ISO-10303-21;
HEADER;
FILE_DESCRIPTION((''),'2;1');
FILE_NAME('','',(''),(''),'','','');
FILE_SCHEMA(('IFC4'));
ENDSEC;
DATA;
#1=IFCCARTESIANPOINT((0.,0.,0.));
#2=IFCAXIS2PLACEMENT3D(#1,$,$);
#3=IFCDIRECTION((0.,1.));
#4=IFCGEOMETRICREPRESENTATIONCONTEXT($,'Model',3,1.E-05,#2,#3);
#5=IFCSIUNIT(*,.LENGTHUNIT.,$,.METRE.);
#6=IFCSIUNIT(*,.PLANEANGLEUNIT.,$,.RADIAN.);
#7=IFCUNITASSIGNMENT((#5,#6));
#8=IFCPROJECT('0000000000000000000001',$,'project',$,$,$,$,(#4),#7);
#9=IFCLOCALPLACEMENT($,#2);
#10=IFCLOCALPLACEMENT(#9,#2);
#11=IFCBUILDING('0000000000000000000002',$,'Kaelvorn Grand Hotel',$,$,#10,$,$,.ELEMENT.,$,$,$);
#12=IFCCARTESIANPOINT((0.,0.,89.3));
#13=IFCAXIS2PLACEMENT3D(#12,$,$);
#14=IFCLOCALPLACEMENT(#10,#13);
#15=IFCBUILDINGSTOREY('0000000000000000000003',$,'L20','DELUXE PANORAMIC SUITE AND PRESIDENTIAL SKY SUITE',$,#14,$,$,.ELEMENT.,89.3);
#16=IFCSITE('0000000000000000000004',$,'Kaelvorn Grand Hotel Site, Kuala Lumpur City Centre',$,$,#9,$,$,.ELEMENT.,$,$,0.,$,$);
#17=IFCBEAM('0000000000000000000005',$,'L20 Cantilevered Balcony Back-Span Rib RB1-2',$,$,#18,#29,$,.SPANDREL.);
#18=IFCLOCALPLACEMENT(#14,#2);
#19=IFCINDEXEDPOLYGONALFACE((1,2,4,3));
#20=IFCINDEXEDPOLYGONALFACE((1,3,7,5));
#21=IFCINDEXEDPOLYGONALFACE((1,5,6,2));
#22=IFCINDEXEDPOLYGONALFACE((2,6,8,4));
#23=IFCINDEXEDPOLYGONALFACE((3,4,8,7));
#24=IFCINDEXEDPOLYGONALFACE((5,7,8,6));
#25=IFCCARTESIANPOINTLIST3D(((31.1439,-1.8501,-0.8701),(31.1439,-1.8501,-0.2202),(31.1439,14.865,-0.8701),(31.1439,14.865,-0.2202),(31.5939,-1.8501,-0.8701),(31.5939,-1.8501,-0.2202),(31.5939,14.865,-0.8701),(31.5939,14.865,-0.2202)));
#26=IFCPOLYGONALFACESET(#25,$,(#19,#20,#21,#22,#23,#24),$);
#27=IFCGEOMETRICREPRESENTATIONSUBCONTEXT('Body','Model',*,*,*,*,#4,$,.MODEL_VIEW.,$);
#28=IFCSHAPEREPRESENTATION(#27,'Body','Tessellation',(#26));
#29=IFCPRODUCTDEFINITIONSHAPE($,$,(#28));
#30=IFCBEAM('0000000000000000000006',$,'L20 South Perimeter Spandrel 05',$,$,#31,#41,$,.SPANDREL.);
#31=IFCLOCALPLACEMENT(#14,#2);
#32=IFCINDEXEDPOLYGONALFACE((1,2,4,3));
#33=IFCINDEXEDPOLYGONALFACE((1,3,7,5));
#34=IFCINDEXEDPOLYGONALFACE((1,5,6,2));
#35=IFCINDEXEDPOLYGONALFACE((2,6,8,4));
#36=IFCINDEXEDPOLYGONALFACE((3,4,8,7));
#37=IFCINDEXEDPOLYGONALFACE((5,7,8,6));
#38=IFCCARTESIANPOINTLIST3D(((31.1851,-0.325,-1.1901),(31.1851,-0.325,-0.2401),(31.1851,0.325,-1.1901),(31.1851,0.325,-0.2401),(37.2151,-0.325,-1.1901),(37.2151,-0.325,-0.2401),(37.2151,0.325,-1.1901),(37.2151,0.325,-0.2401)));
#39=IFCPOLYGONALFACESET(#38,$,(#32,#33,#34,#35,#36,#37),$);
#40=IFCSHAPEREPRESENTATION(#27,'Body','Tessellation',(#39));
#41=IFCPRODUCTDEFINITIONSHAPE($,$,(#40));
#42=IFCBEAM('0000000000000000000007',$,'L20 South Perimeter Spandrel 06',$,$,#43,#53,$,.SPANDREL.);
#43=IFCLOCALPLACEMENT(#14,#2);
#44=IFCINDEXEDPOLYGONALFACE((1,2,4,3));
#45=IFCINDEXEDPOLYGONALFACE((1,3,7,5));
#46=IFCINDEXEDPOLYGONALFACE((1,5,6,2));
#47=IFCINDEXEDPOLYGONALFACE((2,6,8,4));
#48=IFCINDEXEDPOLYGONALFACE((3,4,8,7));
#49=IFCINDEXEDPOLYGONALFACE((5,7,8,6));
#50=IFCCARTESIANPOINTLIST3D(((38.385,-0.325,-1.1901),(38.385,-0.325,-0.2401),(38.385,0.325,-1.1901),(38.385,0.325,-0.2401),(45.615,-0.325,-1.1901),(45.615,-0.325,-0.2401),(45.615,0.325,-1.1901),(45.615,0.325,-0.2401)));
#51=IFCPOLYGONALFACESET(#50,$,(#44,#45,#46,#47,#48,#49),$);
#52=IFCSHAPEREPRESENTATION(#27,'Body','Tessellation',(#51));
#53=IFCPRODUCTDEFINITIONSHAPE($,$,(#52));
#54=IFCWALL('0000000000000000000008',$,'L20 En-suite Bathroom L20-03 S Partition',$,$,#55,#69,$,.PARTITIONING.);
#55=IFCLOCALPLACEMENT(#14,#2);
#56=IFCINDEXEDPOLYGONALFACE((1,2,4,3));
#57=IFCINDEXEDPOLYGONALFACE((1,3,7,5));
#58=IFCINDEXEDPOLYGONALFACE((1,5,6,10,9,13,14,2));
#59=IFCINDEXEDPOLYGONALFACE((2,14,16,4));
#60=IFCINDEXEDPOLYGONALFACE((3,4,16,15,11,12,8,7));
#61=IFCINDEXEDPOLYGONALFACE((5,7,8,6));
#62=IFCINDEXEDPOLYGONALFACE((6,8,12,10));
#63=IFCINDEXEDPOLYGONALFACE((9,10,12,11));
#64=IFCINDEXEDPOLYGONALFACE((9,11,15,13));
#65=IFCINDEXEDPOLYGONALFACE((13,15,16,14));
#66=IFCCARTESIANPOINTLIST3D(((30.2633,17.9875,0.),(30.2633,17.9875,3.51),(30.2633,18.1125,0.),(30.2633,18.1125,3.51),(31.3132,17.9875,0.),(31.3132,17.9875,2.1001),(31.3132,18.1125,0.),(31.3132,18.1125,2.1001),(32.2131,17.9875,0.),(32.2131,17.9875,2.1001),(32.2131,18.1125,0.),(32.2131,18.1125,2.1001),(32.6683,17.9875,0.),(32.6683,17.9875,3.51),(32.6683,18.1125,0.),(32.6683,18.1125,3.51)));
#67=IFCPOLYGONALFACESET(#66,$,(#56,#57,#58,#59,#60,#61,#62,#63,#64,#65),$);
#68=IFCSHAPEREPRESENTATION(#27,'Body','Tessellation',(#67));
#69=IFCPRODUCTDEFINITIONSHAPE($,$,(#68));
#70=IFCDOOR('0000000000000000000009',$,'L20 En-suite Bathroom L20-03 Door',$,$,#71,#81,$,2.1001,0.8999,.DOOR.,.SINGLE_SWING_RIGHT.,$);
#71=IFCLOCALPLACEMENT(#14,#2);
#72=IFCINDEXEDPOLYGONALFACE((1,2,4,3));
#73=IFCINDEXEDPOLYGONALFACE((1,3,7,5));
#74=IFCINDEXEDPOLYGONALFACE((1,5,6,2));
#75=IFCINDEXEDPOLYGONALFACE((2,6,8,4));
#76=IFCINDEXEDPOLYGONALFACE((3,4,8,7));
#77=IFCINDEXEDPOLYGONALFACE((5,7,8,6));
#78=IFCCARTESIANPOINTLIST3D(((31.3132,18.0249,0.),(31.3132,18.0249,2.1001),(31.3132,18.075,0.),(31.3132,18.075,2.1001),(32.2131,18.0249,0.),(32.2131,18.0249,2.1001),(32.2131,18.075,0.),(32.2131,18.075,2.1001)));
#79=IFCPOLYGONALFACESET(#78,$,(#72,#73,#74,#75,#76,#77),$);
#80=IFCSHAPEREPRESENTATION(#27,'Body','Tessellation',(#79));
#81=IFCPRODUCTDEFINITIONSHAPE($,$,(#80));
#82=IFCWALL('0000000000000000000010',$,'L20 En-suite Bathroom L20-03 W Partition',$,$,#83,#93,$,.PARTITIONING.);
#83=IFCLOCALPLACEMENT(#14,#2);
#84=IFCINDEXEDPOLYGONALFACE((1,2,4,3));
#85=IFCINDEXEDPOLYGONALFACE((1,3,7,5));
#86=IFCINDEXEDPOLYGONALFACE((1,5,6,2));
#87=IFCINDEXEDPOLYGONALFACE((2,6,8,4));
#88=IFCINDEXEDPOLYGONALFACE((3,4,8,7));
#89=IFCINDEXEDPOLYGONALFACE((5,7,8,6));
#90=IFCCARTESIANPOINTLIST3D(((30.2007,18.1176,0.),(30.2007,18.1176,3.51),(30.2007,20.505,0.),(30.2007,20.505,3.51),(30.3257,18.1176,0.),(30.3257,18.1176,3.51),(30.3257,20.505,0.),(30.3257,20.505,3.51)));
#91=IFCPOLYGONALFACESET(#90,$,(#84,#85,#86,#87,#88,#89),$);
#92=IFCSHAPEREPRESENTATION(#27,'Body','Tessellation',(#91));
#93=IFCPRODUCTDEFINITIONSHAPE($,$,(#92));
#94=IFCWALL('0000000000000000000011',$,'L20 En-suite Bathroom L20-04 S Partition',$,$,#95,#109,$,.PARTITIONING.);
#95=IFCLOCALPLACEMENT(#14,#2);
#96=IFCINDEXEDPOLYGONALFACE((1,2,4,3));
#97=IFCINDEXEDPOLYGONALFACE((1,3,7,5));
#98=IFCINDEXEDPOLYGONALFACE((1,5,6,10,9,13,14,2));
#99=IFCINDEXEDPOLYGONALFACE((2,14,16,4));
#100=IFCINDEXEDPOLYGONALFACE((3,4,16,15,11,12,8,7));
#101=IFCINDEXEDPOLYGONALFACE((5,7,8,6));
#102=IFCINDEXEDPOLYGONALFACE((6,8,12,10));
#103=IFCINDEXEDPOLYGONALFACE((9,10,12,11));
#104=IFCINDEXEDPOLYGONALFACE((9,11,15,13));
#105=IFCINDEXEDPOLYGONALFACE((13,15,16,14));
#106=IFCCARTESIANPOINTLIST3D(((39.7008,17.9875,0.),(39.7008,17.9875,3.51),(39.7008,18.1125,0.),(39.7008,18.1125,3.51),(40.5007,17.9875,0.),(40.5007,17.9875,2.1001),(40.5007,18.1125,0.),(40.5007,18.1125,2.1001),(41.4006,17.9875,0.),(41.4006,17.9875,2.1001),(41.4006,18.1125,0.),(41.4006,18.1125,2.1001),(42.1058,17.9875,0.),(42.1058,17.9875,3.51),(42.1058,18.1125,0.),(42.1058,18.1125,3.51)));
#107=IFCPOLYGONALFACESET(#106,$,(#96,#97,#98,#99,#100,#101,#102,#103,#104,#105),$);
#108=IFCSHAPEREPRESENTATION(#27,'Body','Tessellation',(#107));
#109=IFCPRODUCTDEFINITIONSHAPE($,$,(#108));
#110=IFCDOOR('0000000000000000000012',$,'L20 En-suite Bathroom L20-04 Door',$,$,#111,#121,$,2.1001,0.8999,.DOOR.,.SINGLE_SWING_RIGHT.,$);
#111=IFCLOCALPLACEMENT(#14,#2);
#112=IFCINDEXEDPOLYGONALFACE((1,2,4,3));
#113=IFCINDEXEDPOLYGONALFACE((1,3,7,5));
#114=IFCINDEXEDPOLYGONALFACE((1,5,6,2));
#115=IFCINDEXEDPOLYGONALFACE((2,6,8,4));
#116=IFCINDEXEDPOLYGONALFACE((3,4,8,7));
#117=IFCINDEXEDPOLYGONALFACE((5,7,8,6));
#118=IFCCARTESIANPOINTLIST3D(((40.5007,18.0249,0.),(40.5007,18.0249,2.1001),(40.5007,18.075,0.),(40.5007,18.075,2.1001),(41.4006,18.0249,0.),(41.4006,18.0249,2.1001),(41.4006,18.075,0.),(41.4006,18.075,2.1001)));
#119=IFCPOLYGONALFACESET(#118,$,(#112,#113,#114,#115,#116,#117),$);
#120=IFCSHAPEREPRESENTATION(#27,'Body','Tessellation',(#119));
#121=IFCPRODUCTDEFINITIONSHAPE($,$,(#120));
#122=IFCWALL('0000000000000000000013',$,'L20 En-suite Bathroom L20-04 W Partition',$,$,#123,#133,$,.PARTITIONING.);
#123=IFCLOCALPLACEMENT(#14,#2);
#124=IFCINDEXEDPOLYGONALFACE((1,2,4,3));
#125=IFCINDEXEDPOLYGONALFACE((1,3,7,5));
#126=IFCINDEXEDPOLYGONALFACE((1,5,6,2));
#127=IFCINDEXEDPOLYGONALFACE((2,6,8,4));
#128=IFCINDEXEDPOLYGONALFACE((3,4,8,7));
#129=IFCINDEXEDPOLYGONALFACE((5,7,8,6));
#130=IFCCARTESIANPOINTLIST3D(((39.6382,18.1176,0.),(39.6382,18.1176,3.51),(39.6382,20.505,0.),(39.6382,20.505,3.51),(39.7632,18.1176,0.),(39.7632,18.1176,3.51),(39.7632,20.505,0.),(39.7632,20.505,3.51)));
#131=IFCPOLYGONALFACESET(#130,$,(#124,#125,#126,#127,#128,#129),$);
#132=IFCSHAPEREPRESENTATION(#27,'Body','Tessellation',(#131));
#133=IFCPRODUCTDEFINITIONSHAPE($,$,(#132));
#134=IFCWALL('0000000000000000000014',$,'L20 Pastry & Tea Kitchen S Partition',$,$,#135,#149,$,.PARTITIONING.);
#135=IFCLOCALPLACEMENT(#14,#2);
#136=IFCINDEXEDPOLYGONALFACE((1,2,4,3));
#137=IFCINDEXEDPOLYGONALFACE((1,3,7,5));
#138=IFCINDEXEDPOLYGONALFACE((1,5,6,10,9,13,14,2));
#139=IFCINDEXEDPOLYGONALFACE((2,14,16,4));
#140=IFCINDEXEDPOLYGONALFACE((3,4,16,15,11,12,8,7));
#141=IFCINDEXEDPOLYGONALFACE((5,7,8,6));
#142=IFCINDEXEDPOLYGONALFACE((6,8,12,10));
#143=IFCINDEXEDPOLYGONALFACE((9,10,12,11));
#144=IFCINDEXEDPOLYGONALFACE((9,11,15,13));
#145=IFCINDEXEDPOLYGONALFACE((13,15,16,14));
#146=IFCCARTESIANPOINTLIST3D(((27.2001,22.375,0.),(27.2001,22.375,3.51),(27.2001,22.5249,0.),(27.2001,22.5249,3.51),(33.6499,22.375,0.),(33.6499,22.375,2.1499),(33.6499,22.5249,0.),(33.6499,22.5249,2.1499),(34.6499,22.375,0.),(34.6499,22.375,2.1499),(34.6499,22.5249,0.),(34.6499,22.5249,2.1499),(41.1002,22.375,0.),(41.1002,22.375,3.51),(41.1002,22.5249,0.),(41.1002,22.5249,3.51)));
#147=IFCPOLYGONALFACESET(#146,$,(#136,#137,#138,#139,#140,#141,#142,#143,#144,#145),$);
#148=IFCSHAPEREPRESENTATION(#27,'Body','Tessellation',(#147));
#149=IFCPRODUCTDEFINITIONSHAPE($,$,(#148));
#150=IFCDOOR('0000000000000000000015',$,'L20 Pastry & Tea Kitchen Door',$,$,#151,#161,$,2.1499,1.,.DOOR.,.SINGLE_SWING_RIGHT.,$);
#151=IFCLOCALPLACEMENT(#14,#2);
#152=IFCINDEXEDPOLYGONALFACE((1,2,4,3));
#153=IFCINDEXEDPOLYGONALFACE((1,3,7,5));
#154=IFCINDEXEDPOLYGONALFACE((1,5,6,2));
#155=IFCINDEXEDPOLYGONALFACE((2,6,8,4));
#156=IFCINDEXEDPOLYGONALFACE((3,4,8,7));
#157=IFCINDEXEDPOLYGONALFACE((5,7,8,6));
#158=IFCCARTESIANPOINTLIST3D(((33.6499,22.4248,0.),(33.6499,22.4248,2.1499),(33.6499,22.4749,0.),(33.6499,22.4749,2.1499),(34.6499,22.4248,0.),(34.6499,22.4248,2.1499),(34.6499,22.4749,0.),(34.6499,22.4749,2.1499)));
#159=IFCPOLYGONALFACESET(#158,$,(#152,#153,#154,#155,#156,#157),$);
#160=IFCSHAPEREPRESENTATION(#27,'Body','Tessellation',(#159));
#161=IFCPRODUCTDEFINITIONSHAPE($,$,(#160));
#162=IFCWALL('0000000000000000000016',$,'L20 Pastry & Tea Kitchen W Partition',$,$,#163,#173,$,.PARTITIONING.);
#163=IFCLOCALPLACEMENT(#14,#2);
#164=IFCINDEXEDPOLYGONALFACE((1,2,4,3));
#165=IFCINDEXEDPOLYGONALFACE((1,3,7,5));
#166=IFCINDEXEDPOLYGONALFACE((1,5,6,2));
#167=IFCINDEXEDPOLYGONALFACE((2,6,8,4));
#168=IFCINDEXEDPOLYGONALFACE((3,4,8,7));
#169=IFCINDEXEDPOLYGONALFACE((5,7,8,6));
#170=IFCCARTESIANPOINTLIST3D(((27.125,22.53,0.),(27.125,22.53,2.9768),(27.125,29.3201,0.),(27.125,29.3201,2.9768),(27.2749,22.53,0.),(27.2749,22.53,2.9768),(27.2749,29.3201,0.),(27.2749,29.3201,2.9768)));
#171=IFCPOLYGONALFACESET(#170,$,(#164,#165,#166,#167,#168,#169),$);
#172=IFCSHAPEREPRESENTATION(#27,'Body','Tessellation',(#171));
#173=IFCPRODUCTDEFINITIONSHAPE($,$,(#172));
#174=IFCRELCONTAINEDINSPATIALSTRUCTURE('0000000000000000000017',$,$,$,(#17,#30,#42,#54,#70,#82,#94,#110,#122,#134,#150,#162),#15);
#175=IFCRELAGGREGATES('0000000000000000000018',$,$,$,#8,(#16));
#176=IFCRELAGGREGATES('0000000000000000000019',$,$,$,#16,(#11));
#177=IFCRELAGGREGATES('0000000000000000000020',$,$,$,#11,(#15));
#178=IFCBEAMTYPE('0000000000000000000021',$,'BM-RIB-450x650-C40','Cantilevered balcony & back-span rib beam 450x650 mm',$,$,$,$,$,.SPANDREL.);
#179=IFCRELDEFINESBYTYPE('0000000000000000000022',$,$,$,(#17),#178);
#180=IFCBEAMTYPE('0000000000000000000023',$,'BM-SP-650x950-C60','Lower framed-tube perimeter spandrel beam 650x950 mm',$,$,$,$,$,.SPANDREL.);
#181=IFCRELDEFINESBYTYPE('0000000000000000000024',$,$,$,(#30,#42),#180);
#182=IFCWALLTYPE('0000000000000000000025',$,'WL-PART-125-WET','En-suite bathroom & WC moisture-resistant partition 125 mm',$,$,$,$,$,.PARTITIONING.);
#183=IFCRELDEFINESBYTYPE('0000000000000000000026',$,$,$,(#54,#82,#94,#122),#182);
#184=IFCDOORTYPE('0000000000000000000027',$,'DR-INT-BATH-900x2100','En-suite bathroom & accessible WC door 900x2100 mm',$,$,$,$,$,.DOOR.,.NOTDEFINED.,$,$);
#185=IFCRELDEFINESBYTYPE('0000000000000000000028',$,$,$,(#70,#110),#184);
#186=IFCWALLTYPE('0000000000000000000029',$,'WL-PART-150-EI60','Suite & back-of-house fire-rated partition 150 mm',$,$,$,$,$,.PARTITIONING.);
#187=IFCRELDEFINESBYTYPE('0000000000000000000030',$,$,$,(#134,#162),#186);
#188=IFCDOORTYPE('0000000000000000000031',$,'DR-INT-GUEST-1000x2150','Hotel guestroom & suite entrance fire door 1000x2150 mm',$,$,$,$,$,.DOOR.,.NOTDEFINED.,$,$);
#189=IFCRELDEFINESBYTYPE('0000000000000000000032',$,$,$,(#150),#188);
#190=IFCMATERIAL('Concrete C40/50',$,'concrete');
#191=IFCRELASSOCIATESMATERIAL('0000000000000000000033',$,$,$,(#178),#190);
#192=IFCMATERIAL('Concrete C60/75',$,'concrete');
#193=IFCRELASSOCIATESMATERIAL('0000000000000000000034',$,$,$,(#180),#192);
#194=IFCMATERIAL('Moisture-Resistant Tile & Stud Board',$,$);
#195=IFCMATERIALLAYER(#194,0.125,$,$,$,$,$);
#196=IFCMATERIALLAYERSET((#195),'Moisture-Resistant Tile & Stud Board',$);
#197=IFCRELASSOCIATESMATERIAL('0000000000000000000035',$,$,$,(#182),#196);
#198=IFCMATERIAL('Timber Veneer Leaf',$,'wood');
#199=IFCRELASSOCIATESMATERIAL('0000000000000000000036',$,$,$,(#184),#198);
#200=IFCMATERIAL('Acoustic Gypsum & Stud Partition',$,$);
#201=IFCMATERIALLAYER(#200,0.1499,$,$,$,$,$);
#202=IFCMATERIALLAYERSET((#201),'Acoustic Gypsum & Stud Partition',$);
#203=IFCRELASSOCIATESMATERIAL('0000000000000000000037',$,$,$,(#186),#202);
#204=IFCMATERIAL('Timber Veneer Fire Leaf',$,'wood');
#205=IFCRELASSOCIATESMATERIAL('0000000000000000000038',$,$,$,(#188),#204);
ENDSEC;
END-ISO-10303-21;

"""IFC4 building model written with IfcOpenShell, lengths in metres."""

from ifc_helpers import new_model, si_unit, direction, frame, frame_2d, origin, origin_2d, place, context, subcontext, project, spatial, rectangle, extrude, material, layer, layer_set, material_profile, profile_set, type_object, element, fill, save


model = new_model("IFC4")

# Units and contexts
model_context = context("Model", 3, precision=1e-05, world=origin(), true_north=direction((0.0, 1.0)))
body_context = subcontext(model_context, "Body", "Model", "MODEL_VIEW")
ifc_project = project(units=[si_unit("LENGTHUNIT", "METRE"), si_unit("PLANEANGLEUNIT", "RADIAN")], contexts=[model_context])

# Site, building, storey
site_placement = place(None, origin())
site = spatial("IfcSite", under=ifc_project, at=site_placement, Name="Kaelvorn Grand Hotel Site, Kuala Lumpur City Centre", CompositionType="ELEMENT", RefElevation=0.0)
building_placement = place(site_placement, origin())
building = spatial("IfcBuilding", under=site, at=building_placement, Name="Kaelvorn Grand Hotel", CompositionType="ELEMENT")
storey_placement = place(building_placement, frame((0.0, 0.0, 89.3)))
storey = spatial("IfcBuildingStorey", under=building, at=storey_placement, Name="L20", Description="DELUXE PANORAMIC SUITE AND PRESIDENTIAL SKY SUITE", CompositionType="ELEMENT", Elevation=89.3)

# Shared definitions
ifc_material_1 = material(Name="Concrete C60/75", Category="concrete")

# Beams
ifc_material_2 = material(Name="Concrete C40/50", Category="concrete")
ifc_material_profile_1 = material_profile(ifc_material_2, rectangle(XDim=0.45, YDim=0.6499, at=origin_2d()), Name="RC RIB 450x650")
ifc_profile_set_1 = profile_set([ifc_material_profile_1], Name="Concrete C40/50")
beam_type_1 = type_object("IfcBeamType", Name="BM-RIB-450x650-C40", Description="Cantilevered balcony & back-span rib beam 450x650 mm", PredefinedType="SPANDREL", material=ifc_profile_set_1)
beam_1_placement = place(storey_placement, frame((31.3689, -1.8501, -0.5452), z_axis=(0.0, 1.0, 0.0), x_axis=(-1.0, 0.0, 0.0)))
element("IfcBeam", 1, at=beam_1_placement, inside=storey, type_object=beam_type_1, Name="L20 Cantilevered Balcony Back-Span Rib RB1-2", PredefinedType="SPANDREL", context=body_context, shape_type="SweptSolid", body=[
    extrude(rectangle(XDim=0.45, YDim=0.6499, at=origin_2d()), origin(), (0.0, 0.0, 1.0), 16.7151),
])
ifc_material_profile_2 = material_profile(ifc_material_1, rectangle(XDim=0.6499, YDim=0.95, at=origin_2d()), Name="RC SPANDREL 650x950")
ifc_profile_set_2 = profile_set([ifc_material_profile_2], Name="Concrete C60/75")
beam_type_2 = type_object("IfcBeamType", Name="BM-SP-650x950-C60", Description="Lower framed-tube perimeter spandrel beam 650x950 mm", PredefinedType="SPANDREL", material=ifc_profile_set_2)
beam_2_placement = place(storey_placement, frame((31.1851, 0.0, -0.7151), z_axis=(1.0, 0.0, 0.0), x_axis=(0.0, 1.0, 0.0)))
element("IfcBeam", 2, at=beam_2_placement, inside=storey, type_object=beam_type_2, Name="L20 South Perimeter Spandrel 05", PredefinedType="SPANDREL", context=body_context, shape_type="SweptSolid", body=[
    extrude(rectangle(XDim=0.6499, YDim=0.95, at=origin_2d()), origin(), (0.0, 0.0, 1.0), 6.03),
])
beam_3_placement = place(storey_placement, frame((38.385, 0.0, -0.7151), z_axis=(1.0, 0.0, 0.0), x_axis=(0.0, 1.0, 0.0)))
element("IfcBeam", 3, at=beam_3_placement, inside=storey, type_object=beam_type_2, Name="L20 South Perimeter Spandrel 06", PredefinedType="SPANDREL", context=body_context, shape_type="SweptSolid", body=[
    extrude(rectangle(XDim=0.6499, YDim=0.95, at=origin_2d()), origin(), (0.0, 0.0, 1.0), 7.23),
])

# Wall, opening, door
ifc_material_3 = material(Name="Moisture-Resistant Tile & Stud Board")
ifc_layer_1 = layer(ifc_material_3, 0.125)
ifc_layer_set_1 = layer_set([ifc_layer_1], Name="Moisture-Resistant Tile & Stud Board")
wall_type_1 = type_object("IfcWallType", Name="WL-PART-125-WET", Description="En-suite bathroom & WC moisture-resistant partition 125 mm", PredefinedType="PARTITIONING", material=ifc_layer_set_1)
wall_1_placement = place(storey_placement, frame((30.2632, 18.05, 0.0), z_axis=(0.0, 0.0, 1.0), x_axis=(1.0, 0.0, 0.0)))
wall_1 = element("IfcWall", 4, at=wall_1_placement, inside=storey, type_object=wall_type_1, Name="L20 En-suite Bathroom L20-03 S Partition", PredefinedType="PARTITIONING", context=body_context, shape_type="SweptSolid", body=[
    extrude(rectangle(XDim=2.405, YDim=0.125, at=frame_2d((1.2026, 0.0))), origin(), (0.0, 0.0, 1.0), 3.51),
])
opening_1_placement = place(wall_1_placement, frame((1.05, 0.0, 0.0)))
opening_1 = element("IfcOpeningElement", 5, at=opening_1_placement, cuts=wall_1, PredefinedType="OPENING", context=body_context, shape_type="SweptSolid", body=[
    extrude(rectangle(XDim=0.8999, YDim=2.1001, at=frame_2d((0.45, 1.05))), frame((0.0, 0.0725, 0.0), z_axis=(0.0, -1.0, 0.0), x_axis=(1.0, 0.0, 0.0)), (0.0, 0.0, 1.0), 0.145),
])
ifc_material_4 = material(Name="Timber Veneer Leaf", Category="wood")
door_type_1 = type_object("IfcDoorType", Name="DR-INT-BATH-900x2100", Description="En-suite bathroom & accessible WC door 900x2100 mm", OperationType="NOTDEFINED", PredefinedType="DOOR", material=ifc_material_4)
door_1_placement = place(opening_1_placement, origin())
door_1 = element("IfcDoor", 6, at=door_1_placement, inside=storey, type_object=door_type_1, Name="L20 En-suite Bathroom L20-03 Door", OperationType="SINGLE_SWING_RIGHT", OverallHeight=2.1001, OverallWidth=0.8999, PredefinedType="DOOR", context=body_context, shape_type="SweptSolid", body=[
    extrude(rectangle(XDim=0.8999, YDim=2.1001, at=frame_2d((0.45, 1.05))), frame((0.0, 0.0249, 0.0), z_axis=(0.0, -1.0, 0.0), x_axis=(1.0, 0.0, 0.0)), (0.0, 0.0, 1.0), 0.05),
])
fill(opening_1, door_1)

# Wall
wall_2_placement = place(storey_placement, frame((30.2632, 18.1174, 0.0), z_axis=(0.0, 0.0, 1.0), x_axis=(0.0, 1.0, 0.0)))
element("IfcWall", 7, at=wall_2_placement, inside=storey, type_object=wall_type_1, Name="L20 En-suite Bathroom L20-03 W Partition", PredefinedType="PARTITIONING", context=body_context, shape_type="SweptSolid", body=[
    extrude(rectangle(XDim=2.3875, YDim=0.125, at=frame_2d((1.1938, 0.0))), origin(), (0.0, 0.0, 1.0), 3.51),
])

# Wall, opening, door
wall_3_placement = place(storey_placement, frame((39.7007, 18.05, 0.0), z_axis=(0.0, 0.0, 1.0), x_axis=(1.0, 0.0, 0.0)))
wall_3 = element("IfcWall", 8, at=wall_3_placement, inside=storey, type_object=wall_type_1, Name="L20 En-suite Bathroom L20-04 S Partition", PredefinedType="PARTITIONING", context=body_context, shape_type="SweptSolid", body=[
    extrude(rectangle(XDim=2.405, YDim=0.125, at=frame_2d((1.2026, 0.0))), origin(), (0.0, 0.0, 1.0), 3.51),
])
opening_2_placement = place(wall_3_placement, frame((0.8, 0.0, 0.0)))
opening_2 = element("IfcOpeningElement", 9, at=opening_2_placement, cuts=wall_3, PredefinedType="OPENING", context=body_context, shape_type="SweptSolid", body=[
    extrude(rectangle(XDim=0.8999, YDim=2.1001, at=frame_2d((0.45, 1.05))), frame((0.0, 0.0725, 0.0), z_axis=(0.0, -1.0, 0.0), x_axis=(1.0, 0.0, 0.0)), (0.0, 0.0, 1.0), 0.145),
])
door_2_placement = place(opening_2_placement, origin())
door_2 = element("IfcDoor", 10, at=door_2_placement, inside=storey, type_object=door_type_1, Name="L20 En-suite Bathroom L20-04 Door", OperationType="SINGLE_SWING_RIGHT", OverallHeight=2.1001, OverallWidth=0.8999, PredefinedType="DOOR", context=body_context, shape_type="SweptSolid", body=[
    extrude(rectangle(XDim=0.8999, YDim=2.1001, at=frame_2d((0.45, 1.05))), frame((0.0, 0.0249, 0.0), z_axis=(0.0, -1.0, 0.0), x_axis=(1.0, 0.0, 0.0)), (0.0, 0.0, 1.0), 0.05),
])
fill(opening_2, door_2)

# Wall
wall_4_placement = place(storey_placement, frame((39.7007, 18.1174, 0.0), z_axis=(0.0, 0.0, 1.0), x_axis=(0.0, 1.0, 0.0)))
element("IfcWall", 11, at=wall_4_placement, inside=storey, type_object=wall_type_1, Name="L20 En-suite Bathroom L20-04 W Partition", PredefinedType="PARTITIONING", context=body_context, shape_type="SweptSolid", body=[
    extrude(rectangle(XDim=2.3875, YDim=0.125, at=frame_2d((1.1938, 0.0))), origin(), (0.0, 0.0, 1.0), 3.51),
])

# Wall, opening, door
ifc_material_5 = material(Name="Acoustic Gypsum & Stud Partition")
ifc_layer_2 = layer(ifc_material_5, 0.1499)
ifc_layer_set_2 = layer_set([ifc_layer_2], Name="Acoustic Gypsum & Stud Partition")
wall_type_2 = type_object("IfcWallType", Name="WL-PART-150-EI60", Description="Suite & back-of-house fire-rated partition 150 mm", PredefinedType="PARTITIONING", material=ifc_layer_set_2)
wall_5_placement = place(storey_placement, frame((27.2, 22.45, 0.0), z_axis=(0.0, 0.0, 1.0), x_axis=(1.0, 0.0, 0.0)))
wall_5 = element("IfcWall", 12, at=wall_5_placement, inside=storey, type_object=wall_type_2, Name="L20 Pastry & Tea Kitchen S Partition", PredefinedType="PARTITIONING", context=body_context, shape_type="SweptSolid", body=[
    extrude(rectangle(XDim=13.9001, YDim=0.1499, at=frame_2d((6.9502, 0.0))), origin(), (0.0, 0.0, 1.0), 3.51),
])
opening_3_placement = place(wall_5_placement, frame((6.45, 0.0, 0.0)))
opening_3 = element("IfcOpeningElement", 13, at=opening_3_placement, cuts=wall_5, PredefinedType="OPENING", context=body_context, shape_type="SweptSolid", body=[
    extrude(rectangle(XDim=1.0, YDim=2.1499, at=frame_2d((0.5, 1.075))), frame((0.0, 0.085, 0.0), z_axis=(0.0, -1.0, 0.0), x_axis=(1.0, 0.0, 0.0)), (0.0, 0.0, 1.0), 0.1699),
])
ifc_material_6 = material(Name="Timber Veneer Fire Leaf", Category="wood")
door_type_2 = type_object("IfcDoorType", Name="DR-INT-GUEST-1000x2150", Description="Hotel guestroom & suite entrance fire door 1000x2150 mm", OperationType="NOTDEFINED", PredefinedType="DOOR", material=ifc_material_6)
door_3_placement = place(opening_3_placement, origin())
door_3 = element("IfcDoor", 14, at=door_3_placement, inside=storey, type_object=door_type_2, Name="L20 Pastry & Tea Kitchen Door", OperationType="SINGLE_SWING_RIGHT", OverallHeight=2.1499, OverallWidth=1.0, PredefinedType="DOOR", context=body_context, shape_type="SweptSolid", body=[
    extrude(rectangle(XDim=1.0, YDim=2.1499, at=frame_2d((0.5, 1.075))), frame((0.0, 0.0249, 0.0), z_axis=(0.0, -1.0, 0.0), x_axis=(1.0, 0.0, 0.0)), (0.0, 0.0, 1.0), 0.05),
])
fill(opening_3, door_3)

# Wall
wall_6_placement = place(storey_placement, frame((27.2, 22.53, 0.0), z_axis=(0.0, 0.0, 1.0), x_axis=(0.0, 1.0, 0.0)))
element("IfcWall", 15, at=wall_6_placement, inside=storey, type_object=wall_type_2, Name="L20 Pastry & Tea Kitchen W Partition", PredefinedType="PARTITIONING", context=body_context, shape_type="SweptSolid", body=[
    extrude(rectangle(XDim=6.79, YDim=0.1499, at=frame_2d((3.395, 0.0))), origin(), (0.0, 0.0, 1.0), 2.9768),
])

save(model, "model.ifc")
